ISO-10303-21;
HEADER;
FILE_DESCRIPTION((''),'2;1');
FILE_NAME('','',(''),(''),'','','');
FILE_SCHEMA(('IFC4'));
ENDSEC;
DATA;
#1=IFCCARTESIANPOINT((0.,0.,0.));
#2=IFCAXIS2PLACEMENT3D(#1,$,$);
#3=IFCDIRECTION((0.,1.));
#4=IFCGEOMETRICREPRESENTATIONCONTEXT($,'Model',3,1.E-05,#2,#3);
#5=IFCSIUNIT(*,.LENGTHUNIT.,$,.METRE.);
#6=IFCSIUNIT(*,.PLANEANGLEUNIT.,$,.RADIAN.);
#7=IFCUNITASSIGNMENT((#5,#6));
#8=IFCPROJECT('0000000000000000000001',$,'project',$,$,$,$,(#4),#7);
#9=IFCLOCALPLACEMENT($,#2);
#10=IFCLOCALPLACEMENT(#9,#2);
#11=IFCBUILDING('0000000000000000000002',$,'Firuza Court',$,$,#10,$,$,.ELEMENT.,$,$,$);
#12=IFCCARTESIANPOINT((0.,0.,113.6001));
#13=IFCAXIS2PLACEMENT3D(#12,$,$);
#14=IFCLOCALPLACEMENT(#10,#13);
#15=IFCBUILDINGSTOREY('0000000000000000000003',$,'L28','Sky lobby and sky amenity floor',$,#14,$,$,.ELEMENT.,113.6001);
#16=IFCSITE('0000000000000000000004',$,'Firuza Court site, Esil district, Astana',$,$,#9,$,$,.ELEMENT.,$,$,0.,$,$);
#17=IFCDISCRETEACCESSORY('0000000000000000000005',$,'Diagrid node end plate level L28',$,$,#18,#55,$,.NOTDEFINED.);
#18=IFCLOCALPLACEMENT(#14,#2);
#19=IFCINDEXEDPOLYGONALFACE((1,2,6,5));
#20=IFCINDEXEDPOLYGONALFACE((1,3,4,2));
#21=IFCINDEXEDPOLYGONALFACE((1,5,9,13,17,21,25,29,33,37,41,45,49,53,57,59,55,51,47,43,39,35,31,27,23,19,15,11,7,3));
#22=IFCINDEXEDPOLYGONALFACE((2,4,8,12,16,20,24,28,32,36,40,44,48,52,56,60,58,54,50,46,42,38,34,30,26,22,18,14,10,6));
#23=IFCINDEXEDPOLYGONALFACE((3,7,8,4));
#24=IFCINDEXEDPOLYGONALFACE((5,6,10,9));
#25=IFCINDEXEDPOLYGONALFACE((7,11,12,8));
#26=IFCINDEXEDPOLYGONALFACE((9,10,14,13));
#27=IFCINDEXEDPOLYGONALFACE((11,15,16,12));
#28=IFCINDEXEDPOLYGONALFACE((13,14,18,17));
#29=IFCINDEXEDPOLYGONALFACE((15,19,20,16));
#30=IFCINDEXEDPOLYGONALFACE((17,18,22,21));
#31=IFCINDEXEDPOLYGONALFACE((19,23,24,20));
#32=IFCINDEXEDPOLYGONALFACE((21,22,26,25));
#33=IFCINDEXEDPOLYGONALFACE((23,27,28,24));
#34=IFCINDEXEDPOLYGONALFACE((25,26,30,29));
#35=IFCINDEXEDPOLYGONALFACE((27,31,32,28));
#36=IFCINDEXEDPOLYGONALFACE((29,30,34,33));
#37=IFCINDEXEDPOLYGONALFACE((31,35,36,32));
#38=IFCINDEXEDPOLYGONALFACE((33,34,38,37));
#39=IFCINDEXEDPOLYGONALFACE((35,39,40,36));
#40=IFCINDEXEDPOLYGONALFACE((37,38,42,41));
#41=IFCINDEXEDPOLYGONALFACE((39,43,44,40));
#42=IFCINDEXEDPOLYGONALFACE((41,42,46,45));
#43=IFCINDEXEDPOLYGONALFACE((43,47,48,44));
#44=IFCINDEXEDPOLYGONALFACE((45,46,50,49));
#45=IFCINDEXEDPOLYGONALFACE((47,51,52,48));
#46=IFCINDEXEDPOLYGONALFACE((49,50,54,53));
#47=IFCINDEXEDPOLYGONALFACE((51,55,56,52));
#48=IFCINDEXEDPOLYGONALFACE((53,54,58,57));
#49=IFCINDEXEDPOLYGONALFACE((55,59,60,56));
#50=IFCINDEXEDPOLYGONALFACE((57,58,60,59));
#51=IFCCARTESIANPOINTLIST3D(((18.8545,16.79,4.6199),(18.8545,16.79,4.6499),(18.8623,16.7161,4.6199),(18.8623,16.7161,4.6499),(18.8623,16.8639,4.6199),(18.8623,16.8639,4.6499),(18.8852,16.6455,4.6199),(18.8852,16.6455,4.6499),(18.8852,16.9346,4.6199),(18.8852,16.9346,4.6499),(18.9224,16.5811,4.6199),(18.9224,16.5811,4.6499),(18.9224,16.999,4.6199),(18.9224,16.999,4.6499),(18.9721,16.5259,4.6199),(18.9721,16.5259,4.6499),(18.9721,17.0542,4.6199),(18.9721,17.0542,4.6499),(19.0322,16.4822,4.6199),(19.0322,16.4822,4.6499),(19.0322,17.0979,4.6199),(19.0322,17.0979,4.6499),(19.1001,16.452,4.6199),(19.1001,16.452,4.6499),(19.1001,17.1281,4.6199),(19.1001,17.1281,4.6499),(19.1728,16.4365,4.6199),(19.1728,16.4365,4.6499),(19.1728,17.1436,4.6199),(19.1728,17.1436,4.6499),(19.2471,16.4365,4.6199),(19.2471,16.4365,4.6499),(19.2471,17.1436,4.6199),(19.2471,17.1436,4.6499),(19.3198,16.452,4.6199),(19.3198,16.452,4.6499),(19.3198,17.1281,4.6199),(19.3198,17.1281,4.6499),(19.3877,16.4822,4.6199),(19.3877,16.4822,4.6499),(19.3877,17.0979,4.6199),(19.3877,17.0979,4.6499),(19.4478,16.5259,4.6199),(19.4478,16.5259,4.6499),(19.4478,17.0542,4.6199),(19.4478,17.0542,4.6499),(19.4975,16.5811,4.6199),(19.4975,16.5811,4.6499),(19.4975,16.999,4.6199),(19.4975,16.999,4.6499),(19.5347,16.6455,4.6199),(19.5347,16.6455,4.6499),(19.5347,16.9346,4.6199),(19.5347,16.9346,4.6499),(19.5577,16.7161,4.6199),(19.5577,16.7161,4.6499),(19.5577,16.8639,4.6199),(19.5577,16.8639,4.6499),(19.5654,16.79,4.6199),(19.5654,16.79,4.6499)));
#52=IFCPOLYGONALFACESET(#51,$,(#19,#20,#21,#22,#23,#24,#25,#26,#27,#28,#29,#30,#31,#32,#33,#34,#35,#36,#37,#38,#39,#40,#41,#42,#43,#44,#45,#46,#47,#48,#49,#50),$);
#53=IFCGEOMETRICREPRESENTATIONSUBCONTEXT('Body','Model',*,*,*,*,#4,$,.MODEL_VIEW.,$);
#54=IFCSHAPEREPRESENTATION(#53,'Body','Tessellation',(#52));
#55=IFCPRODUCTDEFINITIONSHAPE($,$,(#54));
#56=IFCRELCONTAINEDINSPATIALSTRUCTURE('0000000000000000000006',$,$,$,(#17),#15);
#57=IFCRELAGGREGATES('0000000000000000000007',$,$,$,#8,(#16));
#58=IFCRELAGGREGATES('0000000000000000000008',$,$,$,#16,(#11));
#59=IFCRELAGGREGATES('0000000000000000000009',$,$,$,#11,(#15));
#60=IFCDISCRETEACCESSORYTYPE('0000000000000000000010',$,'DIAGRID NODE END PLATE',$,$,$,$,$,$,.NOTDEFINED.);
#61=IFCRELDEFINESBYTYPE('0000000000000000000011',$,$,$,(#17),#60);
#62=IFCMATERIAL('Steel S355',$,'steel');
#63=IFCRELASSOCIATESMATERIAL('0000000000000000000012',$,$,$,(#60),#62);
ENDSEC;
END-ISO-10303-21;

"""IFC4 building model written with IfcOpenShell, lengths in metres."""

from ifc_helpers import new_model, si_unit, direction, frame, origin, origin_2d, place, context, subcontext, project, spatial, circle, extrude, material, material_profile, profile_set, type_object, element, save


model = new_model("IFC4")

# Units and contexts
model_context = context("Model", 3, precision=1e-05, world=origin(), true_north=direction((0.0, 1.0)))
body_context = subcontext(model_context, "Body", "Model", "MODEL_VIEW")
ifc_project = project(units=[si_unit("LENGTHUNIT", "METRE"), si_unit("PLANEANGLEUNIT", "RADIAN")], contexts=[model_context])

# Site, building, storey
site_placement = place(None, origin())
site = spatial("IfcSite", under=ifc_project, at=site_placement, Name="Firuza Court site, Esil district, Astana", CompositionType="ELEMENT", RefElevation=0.0)
building_placement = place(site_placement, origin())
building = spatial("IfcBuilding", under=site, at=building_placement, Name="Firuza Court", CompositionType="ELEMENT")
storey_placement = place(building_placement, frame((0.0, 0.0, 113.6001)))
storey = spatial("IfcBuildingStorey", under=building, at=storey_placement, Name="L28", Description="Sky lobby and sky amenity floor", CompositionType="ELEMENT", Elevation=113.6001)

# Discrete accessory
ifc_material_1 = material(Name="Steel S355", Category="steel")
ifc_material_profile_1 = material_profile(ifc_material_1, circle(Radius=0.3555, at=origin_2d()), Name="PL D711")
ifc_profile_set_1 = profile_set([ifc_material_profile_1], Name="Steel S355")
discrete_accessory_type = type_object("IfcDiscreteAccessoryType", Name="DIAGRID NODE END PLATE", PredefinedType="NOTDEFINED", material=ifc_profile_set_1)
discrete_accessory_1_placement = place(storey_placement, frame((19.21, 16.79, 4.6199), z_axis=(0.0, 0.0, 1.0), x_axis=(1.0, 0.0, 0.0)))
element("IfcDiscreteAccessory", 1, at=discrete_accessory_1_placement, inside=storey, type_object=discrete_accessory_type, Name="Diagrid node end plate level L28", PredefinedType="NOTDEFINED", context=body_context, shape_type="SweptSolid", body=[
    extrude(circle(Radius=0.3555, at=origin_2d()), origin(), (0.0, 0.0, 1.0), 0.03),
])

save(model, "model.ifc")
